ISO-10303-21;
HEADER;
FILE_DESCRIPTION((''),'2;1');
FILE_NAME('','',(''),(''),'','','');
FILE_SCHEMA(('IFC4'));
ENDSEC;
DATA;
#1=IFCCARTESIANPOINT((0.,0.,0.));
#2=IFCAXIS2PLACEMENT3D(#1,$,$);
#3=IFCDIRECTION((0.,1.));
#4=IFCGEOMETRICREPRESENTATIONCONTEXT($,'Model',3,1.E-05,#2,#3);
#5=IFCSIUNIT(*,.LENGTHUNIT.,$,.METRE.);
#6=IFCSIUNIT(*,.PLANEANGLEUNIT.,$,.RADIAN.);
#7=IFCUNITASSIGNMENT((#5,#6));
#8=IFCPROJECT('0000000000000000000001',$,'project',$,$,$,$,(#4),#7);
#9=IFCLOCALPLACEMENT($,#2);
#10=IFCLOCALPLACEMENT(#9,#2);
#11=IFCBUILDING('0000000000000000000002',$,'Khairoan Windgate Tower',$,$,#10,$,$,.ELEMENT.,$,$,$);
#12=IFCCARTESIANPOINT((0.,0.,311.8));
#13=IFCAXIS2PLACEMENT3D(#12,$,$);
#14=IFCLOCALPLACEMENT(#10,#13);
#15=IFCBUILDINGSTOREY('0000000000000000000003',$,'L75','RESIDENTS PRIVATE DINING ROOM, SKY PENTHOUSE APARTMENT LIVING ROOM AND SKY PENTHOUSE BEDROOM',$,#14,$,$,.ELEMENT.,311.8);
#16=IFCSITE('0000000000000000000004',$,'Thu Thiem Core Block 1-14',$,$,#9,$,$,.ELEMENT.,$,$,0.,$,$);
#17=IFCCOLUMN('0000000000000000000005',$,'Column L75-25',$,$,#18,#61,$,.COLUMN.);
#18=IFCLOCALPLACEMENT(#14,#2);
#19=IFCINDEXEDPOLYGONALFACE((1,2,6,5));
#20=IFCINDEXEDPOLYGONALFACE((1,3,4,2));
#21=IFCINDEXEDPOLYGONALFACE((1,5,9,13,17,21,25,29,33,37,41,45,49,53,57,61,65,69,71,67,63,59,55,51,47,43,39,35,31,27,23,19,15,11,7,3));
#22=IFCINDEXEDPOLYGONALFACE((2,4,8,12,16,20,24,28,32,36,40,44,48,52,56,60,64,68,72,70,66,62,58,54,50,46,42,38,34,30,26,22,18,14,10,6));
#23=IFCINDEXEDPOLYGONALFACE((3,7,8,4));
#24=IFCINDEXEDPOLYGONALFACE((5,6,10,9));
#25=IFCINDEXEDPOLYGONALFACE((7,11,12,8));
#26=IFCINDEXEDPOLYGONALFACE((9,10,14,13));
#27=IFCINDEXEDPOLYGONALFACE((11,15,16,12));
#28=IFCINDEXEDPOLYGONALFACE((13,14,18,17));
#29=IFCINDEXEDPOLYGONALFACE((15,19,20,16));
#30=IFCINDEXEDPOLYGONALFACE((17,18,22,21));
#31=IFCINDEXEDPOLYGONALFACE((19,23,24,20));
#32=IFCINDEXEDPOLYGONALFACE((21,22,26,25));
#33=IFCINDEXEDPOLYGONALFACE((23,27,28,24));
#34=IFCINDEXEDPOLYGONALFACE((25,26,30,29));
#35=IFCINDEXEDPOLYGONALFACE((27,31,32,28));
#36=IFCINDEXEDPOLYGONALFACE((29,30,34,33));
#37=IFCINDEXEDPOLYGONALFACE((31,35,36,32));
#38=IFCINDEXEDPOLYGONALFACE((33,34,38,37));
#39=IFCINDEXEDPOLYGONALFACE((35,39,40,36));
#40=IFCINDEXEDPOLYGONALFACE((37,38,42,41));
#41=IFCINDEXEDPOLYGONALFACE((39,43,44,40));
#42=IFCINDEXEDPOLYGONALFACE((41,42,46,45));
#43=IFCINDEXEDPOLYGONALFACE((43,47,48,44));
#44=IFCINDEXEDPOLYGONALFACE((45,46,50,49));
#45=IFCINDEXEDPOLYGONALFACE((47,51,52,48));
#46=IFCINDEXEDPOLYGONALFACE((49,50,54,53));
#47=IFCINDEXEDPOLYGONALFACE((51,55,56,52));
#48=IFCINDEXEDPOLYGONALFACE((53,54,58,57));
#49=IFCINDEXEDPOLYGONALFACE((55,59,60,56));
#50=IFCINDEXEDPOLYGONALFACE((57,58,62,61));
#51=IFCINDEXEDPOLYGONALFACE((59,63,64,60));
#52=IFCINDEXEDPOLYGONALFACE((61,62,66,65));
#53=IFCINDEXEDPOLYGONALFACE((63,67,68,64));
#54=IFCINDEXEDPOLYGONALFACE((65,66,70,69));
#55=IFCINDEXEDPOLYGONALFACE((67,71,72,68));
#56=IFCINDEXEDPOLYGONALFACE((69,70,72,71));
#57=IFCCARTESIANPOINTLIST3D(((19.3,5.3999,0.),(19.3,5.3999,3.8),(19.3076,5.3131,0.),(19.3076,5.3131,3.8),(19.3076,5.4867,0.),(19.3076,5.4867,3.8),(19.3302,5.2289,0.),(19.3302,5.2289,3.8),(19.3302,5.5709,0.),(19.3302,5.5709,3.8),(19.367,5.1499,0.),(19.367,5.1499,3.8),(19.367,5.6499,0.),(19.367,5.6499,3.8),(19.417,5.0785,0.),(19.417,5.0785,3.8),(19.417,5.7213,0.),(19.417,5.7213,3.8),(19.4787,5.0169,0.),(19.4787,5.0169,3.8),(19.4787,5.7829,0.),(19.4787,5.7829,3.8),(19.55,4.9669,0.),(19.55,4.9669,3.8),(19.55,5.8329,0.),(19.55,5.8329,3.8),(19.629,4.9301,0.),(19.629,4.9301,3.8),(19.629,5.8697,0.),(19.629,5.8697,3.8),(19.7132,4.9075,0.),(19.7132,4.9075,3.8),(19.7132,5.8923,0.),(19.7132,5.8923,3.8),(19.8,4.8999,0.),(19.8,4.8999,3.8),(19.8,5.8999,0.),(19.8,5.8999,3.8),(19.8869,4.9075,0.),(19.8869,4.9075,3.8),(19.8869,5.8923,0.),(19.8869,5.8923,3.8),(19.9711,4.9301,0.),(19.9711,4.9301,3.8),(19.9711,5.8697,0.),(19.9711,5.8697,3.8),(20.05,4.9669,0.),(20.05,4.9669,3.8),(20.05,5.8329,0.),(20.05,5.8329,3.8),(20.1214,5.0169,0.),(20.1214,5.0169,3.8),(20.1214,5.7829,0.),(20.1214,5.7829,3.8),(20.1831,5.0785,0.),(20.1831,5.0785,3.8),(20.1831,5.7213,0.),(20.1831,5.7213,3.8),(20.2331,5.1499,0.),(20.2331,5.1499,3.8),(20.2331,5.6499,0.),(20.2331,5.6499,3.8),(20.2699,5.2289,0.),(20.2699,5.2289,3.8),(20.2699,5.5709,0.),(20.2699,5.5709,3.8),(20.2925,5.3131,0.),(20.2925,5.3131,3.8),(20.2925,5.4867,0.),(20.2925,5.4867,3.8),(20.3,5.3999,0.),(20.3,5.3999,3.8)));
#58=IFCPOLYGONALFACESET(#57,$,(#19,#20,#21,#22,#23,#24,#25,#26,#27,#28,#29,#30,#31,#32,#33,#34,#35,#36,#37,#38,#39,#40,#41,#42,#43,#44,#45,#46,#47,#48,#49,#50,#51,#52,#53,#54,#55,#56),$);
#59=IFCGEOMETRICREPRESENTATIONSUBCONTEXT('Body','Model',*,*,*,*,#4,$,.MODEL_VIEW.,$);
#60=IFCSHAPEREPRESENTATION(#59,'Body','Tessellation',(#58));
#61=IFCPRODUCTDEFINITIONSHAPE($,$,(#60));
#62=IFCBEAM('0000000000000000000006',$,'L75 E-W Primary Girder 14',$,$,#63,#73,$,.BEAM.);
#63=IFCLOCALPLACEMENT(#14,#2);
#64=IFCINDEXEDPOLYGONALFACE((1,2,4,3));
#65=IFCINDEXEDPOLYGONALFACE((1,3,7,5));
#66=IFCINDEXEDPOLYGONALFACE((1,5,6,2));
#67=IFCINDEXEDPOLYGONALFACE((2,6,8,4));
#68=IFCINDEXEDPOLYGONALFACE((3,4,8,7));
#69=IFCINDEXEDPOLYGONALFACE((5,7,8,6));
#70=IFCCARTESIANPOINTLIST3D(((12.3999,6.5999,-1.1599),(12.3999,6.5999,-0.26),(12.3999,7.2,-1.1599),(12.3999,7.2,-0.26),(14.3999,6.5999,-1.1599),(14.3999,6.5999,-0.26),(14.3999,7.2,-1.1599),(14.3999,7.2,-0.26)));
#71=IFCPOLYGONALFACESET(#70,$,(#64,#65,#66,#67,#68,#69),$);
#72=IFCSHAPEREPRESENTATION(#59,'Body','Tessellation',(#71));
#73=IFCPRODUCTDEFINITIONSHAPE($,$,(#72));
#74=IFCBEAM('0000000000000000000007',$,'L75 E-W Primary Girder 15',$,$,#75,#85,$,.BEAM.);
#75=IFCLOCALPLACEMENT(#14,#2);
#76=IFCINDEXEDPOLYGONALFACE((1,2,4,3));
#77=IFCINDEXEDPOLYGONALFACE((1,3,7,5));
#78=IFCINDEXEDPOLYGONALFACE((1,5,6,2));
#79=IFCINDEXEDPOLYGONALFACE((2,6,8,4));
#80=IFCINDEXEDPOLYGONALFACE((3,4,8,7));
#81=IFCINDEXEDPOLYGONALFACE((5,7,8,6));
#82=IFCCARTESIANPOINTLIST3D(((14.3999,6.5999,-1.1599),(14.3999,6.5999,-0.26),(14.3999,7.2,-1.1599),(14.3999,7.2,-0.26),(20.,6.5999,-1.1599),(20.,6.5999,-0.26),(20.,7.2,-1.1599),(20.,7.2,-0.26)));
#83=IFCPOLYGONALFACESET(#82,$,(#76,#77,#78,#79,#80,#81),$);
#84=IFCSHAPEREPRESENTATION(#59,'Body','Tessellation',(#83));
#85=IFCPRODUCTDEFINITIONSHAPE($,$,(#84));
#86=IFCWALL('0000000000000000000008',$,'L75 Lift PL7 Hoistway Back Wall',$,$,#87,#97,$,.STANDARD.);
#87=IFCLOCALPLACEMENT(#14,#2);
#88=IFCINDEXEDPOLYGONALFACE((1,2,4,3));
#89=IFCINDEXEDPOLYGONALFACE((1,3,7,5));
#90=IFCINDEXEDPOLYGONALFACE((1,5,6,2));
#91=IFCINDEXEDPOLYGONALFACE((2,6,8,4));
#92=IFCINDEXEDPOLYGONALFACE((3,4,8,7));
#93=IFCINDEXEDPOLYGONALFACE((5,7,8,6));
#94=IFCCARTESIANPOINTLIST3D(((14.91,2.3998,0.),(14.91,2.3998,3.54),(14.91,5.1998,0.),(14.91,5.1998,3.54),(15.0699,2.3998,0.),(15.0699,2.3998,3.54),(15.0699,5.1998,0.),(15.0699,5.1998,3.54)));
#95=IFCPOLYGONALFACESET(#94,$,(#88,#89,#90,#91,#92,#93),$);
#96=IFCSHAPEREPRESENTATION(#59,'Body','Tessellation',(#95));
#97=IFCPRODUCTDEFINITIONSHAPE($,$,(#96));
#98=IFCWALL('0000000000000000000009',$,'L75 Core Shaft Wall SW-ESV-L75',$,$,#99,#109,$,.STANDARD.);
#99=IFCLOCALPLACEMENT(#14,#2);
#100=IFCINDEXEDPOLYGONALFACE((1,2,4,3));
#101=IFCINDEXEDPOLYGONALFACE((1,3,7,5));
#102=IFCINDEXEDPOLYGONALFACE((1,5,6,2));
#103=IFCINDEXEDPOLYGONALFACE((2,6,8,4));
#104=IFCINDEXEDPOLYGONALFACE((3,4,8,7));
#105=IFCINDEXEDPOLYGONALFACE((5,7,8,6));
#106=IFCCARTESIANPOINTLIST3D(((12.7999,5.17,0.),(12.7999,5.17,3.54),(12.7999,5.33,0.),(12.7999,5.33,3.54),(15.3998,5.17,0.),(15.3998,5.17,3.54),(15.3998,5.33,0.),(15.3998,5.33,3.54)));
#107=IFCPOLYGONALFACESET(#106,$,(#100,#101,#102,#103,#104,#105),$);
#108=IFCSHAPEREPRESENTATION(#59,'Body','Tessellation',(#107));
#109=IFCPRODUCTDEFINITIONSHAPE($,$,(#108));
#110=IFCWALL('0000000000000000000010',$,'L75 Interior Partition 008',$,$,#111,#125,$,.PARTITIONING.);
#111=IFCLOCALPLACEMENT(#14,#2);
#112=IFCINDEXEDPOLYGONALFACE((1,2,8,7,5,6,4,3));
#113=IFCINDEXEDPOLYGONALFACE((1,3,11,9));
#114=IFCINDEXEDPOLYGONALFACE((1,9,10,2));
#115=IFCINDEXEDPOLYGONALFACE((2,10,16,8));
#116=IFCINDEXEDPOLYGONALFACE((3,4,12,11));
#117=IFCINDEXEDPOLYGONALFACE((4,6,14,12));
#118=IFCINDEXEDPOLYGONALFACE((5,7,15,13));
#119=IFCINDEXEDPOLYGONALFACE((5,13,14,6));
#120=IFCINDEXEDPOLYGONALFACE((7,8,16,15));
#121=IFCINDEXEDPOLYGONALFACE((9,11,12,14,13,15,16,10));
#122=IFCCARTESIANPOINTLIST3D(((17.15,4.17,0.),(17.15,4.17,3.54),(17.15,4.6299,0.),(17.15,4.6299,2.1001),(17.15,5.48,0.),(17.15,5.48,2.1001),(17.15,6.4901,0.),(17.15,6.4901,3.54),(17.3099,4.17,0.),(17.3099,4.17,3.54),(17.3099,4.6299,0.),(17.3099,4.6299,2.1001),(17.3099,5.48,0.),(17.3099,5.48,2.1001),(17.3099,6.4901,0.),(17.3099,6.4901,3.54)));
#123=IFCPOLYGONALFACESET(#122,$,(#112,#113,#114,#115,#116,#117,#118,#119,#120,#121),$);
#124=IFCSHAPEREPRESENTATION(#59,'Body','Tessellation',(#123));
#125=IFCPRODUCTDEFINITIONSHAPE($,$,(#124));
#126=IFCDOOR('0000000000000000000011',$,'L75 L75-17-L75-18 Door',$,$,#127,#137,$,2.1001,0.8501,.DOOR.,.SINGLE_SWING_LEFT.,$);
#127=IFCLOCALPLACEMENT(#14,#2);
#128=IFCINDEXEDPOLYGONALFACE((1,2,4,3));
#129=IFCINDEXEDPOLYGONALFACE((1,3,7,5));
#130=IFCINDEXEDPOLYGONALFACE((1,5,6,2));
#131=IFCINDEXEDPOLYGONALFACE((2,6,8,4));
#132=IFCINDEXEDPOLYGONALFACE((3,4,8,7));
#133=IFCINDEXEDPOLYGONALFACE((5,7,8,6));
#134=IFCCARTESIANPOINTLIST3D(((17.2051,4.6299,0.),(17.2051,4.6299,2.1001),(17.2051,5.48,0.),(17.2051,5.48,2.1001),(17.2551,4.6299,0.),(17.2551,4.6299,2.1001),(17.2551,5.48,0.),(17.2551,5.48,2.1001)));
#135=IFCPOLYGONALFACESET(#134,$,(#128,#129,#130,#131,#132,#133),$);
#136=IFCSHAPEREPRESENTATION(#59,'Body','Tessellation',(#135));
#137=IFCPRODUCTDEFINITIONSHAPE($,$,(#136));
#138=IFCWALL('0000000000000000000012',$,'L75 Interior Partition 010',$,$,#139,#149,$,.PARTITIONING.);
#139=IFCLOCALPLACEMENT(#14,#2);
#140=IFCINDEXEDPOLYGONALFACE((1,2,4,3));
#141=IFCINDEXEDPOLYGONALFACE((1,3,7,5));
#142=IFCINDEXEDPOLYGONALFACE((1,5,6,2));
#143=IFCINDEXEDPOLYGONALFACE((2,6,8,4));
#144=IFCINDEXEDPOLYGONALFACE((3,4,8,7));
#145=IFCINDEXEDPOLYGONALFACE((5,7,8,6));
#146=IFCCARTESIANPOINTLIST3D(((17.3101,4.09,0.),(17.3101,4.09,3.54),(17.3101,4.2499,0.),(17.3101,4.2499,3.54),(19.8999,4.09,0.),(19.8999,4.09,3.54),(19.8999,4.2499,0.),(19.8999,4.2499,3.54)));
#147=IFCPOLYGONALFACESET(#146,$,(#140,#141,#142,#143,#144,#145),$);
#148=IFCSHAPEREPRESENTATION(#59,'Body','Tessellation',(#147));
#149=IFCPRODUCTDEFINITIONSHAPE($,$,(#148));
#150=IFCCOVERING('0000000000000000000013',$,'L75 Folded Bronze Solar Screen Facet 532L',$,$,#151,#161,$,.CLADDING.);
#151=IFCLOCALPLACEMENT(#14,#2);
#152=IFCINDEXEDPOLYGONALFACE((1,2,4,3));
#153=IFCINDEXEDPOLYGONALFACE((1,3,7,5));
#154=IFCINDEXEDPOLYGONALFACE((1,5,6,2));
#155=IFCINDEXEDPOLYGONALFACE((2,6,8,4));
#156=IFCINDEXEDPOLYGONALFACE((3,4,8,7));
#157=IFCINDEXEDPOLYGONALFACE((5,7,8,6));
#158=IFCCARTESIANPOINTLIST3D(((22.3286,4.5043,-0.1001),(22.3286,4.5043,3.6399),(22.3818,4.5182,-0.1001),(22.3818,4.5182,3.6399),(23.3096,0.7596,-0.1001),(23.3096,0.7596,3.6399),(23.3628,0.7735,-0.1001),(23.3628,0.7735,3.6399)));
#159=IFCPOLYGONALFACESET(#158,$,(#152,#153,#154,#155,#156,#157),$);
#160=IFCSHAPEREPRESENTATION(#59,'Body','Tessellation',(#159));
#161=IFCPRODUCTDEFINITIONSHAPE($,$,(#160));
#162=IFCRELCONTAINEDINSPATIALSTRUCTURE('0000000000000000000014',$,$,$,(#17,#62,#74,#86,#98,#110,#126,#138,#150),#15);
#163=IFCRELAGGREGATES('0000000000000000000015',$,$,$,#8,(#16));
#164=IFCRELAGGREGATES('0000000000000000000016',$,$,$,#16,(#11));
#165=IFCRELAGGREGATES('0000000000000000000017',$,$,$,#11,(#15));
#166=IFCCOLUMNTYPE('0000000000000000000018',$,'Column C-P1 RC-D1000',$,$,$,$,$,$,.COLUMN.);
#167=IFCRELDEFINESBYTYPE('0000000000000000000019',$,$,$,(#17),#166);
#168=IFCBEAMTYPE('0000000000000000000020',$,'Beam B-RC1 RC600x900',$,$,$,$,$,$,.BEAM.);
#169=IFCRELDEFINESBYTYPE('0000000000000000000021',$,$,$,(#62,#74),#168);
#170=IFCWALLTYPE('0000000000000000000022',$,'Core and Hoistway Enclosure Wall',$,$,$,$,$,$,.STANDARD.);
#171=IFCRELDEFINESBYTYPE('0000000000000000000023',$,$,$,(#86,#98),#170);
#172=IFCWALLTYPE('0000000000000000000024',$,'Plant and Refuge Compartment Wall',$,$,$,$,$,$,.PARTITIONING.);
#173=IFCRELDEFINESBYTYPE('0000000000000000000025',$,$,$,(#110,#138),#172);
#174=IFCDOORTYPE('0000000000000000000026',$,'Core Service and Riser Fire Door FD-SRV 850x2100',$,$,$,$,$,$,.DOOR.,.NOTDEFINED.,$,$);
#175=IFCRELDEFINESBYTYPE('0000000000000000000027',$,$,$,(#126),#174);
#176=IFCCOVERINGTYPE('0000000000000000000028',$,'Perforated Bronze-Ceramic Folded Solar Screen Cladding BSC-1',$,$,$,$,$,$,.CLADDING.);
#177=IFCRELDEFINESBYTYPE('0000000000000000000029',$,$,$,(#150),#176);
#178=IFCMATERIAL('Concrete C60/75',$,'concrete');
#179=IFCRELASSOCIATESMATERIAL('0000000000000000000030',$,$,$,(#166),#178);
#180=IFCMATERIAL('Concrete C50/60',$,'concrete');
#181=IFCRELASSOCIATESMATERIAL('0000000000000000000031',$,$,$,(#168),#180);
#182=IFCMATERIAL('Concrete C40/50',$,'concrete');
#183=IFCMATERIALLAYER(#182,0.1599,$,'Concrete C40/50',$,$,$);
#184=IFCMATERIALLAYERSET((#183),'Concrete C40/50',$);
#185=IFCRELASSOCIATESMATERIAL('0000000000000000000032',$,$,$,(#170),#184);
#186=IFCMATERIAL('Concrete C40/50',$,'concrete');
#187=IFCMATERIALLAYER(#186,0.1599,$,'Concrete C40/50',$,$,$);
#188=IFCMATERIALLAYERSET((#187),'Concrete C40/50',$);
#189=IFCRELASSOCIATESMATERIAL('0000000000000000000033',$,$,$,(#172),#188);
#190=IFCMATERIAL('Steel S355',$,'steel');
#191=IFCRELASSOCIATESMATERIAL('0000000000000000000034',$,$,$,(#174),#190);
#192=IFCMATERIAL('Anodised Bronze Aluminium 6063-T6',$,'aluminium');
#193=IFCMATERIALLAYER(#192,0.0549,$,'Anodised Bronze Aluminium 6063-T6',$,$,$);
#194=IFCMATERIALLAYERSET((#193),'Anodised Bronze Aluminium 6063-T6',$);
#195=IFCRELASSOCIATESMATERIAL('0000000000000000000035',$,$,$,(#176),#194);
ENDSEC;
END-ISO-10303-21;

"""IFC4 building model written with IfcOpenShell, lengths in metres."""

from ifc_helpers import new_model, si_unit, direction, frame, frame_2d, origin, origin_2d, place, context, subcontext, project, spatial, rectangle, circle, extrude, material, layer, layer_set, material_profile, profile_set, type_object, element, fill, save


model = new_model("IFC4")

# Units and contexts
model_context = context("Model", 3, precision=1e-05, world=origin(), true_north=direction((0.0, 1.0)))
body_context = subcontext(model_context, "Body", "Model", "MODEL_VIEW")
ifc_project = project(units=[si_unit("LENGTHUNIT", "METRE"), si_unit("PLANEANGLEUNIT", "RADIAN")], contexts=[model_context])

# Site, building, storey
site_placement = place(None, origin())
site = spatial("IfcSite", under=ifc_project, at=site_placement, Name="Thu Thiem Core Block 1-14", CompositionType="ELEMENT", RefElevation=0.0)
building_placement = place(site_placement, origin())
building = spatial("IfcBuilding", under=site, at=building_placement, Name="Khairoan Windgate Tower", CompositionType="ELEMENT")
storey_placement = place(building_placement, frame((0.0, 0.0, 311.8)))
storey = spatial("IfcBuildingStorey", under=building, at=storey_placement, Name="L75", Description="RESIDENTS PRIVATE DINING ROOM, SKY PENTHOUSE APARTMENT LIVING ROOM AND SKY PENTHOUSE BEDROOM", CompositionType="ELEMENT", Elevation=311.8)

# Column
ifc_material_1 = material(Name="Concrete C60/75", Category="concrete")
ifc_material_profile_1 = material_profile(ifc_material_1, circle(Radius=0.5, at=origin_2d()))
ifc_profile_set_1 = profile_set([ifc_material_profile_1], Name="Concrete C60/75")
column_type = type_object("IfcColumnType", Name="Column C-P1 RC-D1000", PredefinedType="COLUMN", material=ifc_profile_set_1)
column_placement = place(storey_placement, frame((19.8, 5.3999, 0.0), z_axis=(0.0, 0.0, 1.0), x_axis=(1.0, 0.0, 0.0)))
element("IfcColumn", 1, at=column_placement, inside=storey, type_object=column_type, Name="Column L75-25", PredefinedType="COLUMN", context=body_context, shape_type="SweptSolid", body=[
    extrude(circle(Radius=0.5, at=origin_2d()), origin(), (0.0, 0.0, 1.0), 3.8),
])

# Beams
ifc_material_2 = material(Name="Concrete C50/60", Category="concrete")
ifc_material_profile_2 = material_profile(ifc_material_2, rectangle(XDim=0.6001, YDim=0.8999, at=origin_2d()))
ifc_profile_set_2 = profile_set([ifc_material_profile_2], Name="Concrete C50/60")
beam_type = type_object("IfcBeamType", Name="Beam B-RC1 RC600x900", PredefinedType="BEAM", material=ifc_profile_set_2)
beam_1_placement = place(storey_placement, frame((12.3999, 6.8999, -0.71), z_axis=(1.0, 0.0, 0.0), x_axis=(0.0, 1.0, 0.0)))
element("IfcBeam", 2, at=beam_1_placement, inside=storey, type_object=beam_type, Name="L75 E-W Primary Girder 14", PredefinedType="BEAM", context=body_context, shape_type="SweptSolid", body=[
    extrude(rectangle(XDim=0.6001, YDim=0.8999, at=origin_2d()), origin(), (0.0, 0.0, 1.0), 2.0),
])
beam_2_placement = place(storey_placement, frame((14.3999, 6.8999, -0.71), z_axis=(1.0, 0.0, 0.0), x_axis=(0.0, 1.0, 0.0)))
element("IfcBeam", 3, at=beam_2_placement, inside=storey, type_object=beam_type, Name="L75 E-W Primary Girder 15", PredefinedType="BEAM", context=body_context, shape_type="SweptSolid", body=[
    extrude(rectangle(XDim=0.6001, YDim=0.8999, at=origin_2d()), origin(), (0.0, 0.0, 1.0), 5.6001),
])

# Walls
ifc_material_3 = material(Name="Concrete C40/50", Category="concrete")
ifc_layer_1 = layer(ifc_material_3, 0.1599, Name="Concrete C40/50")
ifc_layer_set_1 = layer_set([ifc_layer_1], Name="Concrete C40/50")
wall_type_1 = type_object("IfcWallType", Name="Core and Hoistway Enclosure Wall", PredefinedType="STANDARD", material=ifc_layer_set_1)
wall_1_placement = place(storey_placement, frame((14.99, 2.3999, 0.0), z_axis=(0.0, 0.0, 1.0), x_axis=(0.0, 1.0, 0.0)))
element("IfcWall", 4, at=wall_1_placement, inside=storey, type_object=wall_type_1, Name="L75 Lift PL7 Hoistway Back Wall", PredefinedType="STANDARD", context=body_context, shape_type="SweptSolid", body=[
    extrude(rectangle(XDim=2.8, YDim=0.1599, at=frame_2d((1.3999, 0.0))), origin(), (0.0, 0.0, 1.0), 3.54),
])
wall_2_placement = place(storey_placement, frame((12.8, 5.25, 0.0), z_axis=(0.0, 0.0, 1.0), x_axis=(1.0, 0.0, 0.0)))
element("IfcWall", 5, at=wall_2_placement, inside=storey, type_object=wall_type_1, Name="L75 Core Shaft Wall SW-ESV-L75", PredefinedType="STANDARD", context=body_context, shape_type="SweptSolid", body=[
    extrude(rectangle(XDim=2.5999, YDim=0.1599, at=frame_2d((1.2998, 0.0))), origin(), (0.0, 0.0, 1.0), 3.54),
])

# Wall, opening, door
ifc_material_4 = material(Name="Concrete C40/50", Category="concrete")
ifc_layer_2 = layer(ifc_material_4, 0.1599, Name="Concrete C40/50")
ifc_layer_set_2 = layer_set([ifc_layer_2], Name="Concrete C40/50")
wall_type_2 = type_object("IfcWallType", Name="Plant and Refuge Compartment Wall", PredefinedType="PARTITIONING", material=ifc_layer_set_2)
wall_3_placement = place(storey_placement, frame((17.23, 4.1699, 0.0), z_axis=(0.0, 0.0, 1.0), x_axis=(0.0, 1.0, 0.0)))
wall_3 = element("IfcWall", 6, at=wall_3_placement, inside=storey, type_object=wall_type_2, Name="L75 Interior Partition 008", PredefinedType="PARTITIONING", context=body_context, shape_type="SweptSolid", body=[
    extrude(rectangle(XDim=2.3201, YDim=0.1599, at=frame_2d((1.1602, 0.0))), origin(), (0.0, 0.0, 1.0), 3.54),
])
opening_placement = place(wall_3_placement, frame((0.46, 0.0, 0.0)))
opening = element("IfcOpeningElement", 7, at=opening_placement, cuts=wall_3, PredefinedType="OPENING", context=body_context, shape_type="SweptSolid", body=[
    extrude(rectangle(XDim=0.8501, YDim=2.1001, at=frame_2d((0.425, 1.05))), frame((0.0, 0.0898, 0.0), z_axis=(0.0, -1.0, 0.0), x_axis=(1.0, 0.0, 0.0)), (0.0, 0.0, 1.0), 0.1799),
])
ifc_material_5 = material(Name="Steel S355", Category="steel")
door_type = type_object("IfcDoorType", Name="Core Service and Riser Fire Door FD-SRV 850x2100", OperationType="NOTDEFINED", PredefinedType="DOOR", material=ifc_material_5)
door_placement = place(opening_placement, origin())
door = element("IfcDoor", 8, at=door_placement, inside=storey, type_object=door_type, Name="L75 L75-17-L75-18 Door", OperationType="SINGLE_SWING_LEFT", OverallHeight=2.1001, OverallWidth=0.8501, PredefinedType="DOOR", context=body_context, shape_type="SweptSolid", body=[
    extrude(rectangle(XDim=0.8501, YDim=2.1001, at=frame_2d((0.425, 1.05))), frame((0.0, 0.0249, 0.0), z_axis=(0.0, -1.0, 0.0), x_axis=(1.0, 0.0, 0.0)), (0.0, 0.0, 1.0), 0.05),
])
fill(opening, door)

# Wall
wall_4_placement = place(storey_placement, frame((17.3101, 4.1699, 0.0), z_axis=(0.0, 0.0, 1.0), x_axis=(1.0, 0.0, 0.0)))
element("IfcWall", 9, at=wall_4_placement, inside=storey, type_object=wall_type_2, Name="L75 Interior Partition 010", PredefinedType="PARTITIONING", context=body_context, shape_type="SweptSolid", body=[
    extrude(rectangle(XDim=2.5898, YDim=0.1599, at=frame_2d((1.2949, 0.0))), origin(), (0.0, 0.0, 1.0), 3.54),
])

# Covering
ifc_material_6 = material(Name="Anodised Bronze Aluminium 6063-T6", Category="aluminium")
ifc_layer_3 = layer(ifc_material_6, 0.0549, Name="Anodised Bronze Aluminium 6063-T6")
ifc_layer_set_3 = layer_set([ifc_layer_3], Name="Anodised Bronze Aluminium 6063-T6")
covering_type = type_object("IfcCoveringType", Name="Perforated Bronze-Ceramic Folded Solar Screen Cladding BSC-1", PredefinedType="CLADDING", material=ifc_layer_set_3)
covering_placement = place(storey_placement, frame((22.8457, 2.6389, -0.1001), z_axis=(0.0, 0.0, 1.0), x_axis=(0.25342, -0.967356, 0.0)))
element("IfcCovering", 10, at=covering_placement, inside=storey, type_object=covering_type, Name="L75 Folded Bronze Solar Screen Facet 532L", PredefinedType="CLADDING", context=body_context, shape_type="SweptSolid", body=[
    extrude(rectangle(XDim=3.8711, YDim=0.0549, at=origin_2d()), origin(), (0.0, 0.0, 1.0), 3.74),
])

save(model, "model.ifc")
